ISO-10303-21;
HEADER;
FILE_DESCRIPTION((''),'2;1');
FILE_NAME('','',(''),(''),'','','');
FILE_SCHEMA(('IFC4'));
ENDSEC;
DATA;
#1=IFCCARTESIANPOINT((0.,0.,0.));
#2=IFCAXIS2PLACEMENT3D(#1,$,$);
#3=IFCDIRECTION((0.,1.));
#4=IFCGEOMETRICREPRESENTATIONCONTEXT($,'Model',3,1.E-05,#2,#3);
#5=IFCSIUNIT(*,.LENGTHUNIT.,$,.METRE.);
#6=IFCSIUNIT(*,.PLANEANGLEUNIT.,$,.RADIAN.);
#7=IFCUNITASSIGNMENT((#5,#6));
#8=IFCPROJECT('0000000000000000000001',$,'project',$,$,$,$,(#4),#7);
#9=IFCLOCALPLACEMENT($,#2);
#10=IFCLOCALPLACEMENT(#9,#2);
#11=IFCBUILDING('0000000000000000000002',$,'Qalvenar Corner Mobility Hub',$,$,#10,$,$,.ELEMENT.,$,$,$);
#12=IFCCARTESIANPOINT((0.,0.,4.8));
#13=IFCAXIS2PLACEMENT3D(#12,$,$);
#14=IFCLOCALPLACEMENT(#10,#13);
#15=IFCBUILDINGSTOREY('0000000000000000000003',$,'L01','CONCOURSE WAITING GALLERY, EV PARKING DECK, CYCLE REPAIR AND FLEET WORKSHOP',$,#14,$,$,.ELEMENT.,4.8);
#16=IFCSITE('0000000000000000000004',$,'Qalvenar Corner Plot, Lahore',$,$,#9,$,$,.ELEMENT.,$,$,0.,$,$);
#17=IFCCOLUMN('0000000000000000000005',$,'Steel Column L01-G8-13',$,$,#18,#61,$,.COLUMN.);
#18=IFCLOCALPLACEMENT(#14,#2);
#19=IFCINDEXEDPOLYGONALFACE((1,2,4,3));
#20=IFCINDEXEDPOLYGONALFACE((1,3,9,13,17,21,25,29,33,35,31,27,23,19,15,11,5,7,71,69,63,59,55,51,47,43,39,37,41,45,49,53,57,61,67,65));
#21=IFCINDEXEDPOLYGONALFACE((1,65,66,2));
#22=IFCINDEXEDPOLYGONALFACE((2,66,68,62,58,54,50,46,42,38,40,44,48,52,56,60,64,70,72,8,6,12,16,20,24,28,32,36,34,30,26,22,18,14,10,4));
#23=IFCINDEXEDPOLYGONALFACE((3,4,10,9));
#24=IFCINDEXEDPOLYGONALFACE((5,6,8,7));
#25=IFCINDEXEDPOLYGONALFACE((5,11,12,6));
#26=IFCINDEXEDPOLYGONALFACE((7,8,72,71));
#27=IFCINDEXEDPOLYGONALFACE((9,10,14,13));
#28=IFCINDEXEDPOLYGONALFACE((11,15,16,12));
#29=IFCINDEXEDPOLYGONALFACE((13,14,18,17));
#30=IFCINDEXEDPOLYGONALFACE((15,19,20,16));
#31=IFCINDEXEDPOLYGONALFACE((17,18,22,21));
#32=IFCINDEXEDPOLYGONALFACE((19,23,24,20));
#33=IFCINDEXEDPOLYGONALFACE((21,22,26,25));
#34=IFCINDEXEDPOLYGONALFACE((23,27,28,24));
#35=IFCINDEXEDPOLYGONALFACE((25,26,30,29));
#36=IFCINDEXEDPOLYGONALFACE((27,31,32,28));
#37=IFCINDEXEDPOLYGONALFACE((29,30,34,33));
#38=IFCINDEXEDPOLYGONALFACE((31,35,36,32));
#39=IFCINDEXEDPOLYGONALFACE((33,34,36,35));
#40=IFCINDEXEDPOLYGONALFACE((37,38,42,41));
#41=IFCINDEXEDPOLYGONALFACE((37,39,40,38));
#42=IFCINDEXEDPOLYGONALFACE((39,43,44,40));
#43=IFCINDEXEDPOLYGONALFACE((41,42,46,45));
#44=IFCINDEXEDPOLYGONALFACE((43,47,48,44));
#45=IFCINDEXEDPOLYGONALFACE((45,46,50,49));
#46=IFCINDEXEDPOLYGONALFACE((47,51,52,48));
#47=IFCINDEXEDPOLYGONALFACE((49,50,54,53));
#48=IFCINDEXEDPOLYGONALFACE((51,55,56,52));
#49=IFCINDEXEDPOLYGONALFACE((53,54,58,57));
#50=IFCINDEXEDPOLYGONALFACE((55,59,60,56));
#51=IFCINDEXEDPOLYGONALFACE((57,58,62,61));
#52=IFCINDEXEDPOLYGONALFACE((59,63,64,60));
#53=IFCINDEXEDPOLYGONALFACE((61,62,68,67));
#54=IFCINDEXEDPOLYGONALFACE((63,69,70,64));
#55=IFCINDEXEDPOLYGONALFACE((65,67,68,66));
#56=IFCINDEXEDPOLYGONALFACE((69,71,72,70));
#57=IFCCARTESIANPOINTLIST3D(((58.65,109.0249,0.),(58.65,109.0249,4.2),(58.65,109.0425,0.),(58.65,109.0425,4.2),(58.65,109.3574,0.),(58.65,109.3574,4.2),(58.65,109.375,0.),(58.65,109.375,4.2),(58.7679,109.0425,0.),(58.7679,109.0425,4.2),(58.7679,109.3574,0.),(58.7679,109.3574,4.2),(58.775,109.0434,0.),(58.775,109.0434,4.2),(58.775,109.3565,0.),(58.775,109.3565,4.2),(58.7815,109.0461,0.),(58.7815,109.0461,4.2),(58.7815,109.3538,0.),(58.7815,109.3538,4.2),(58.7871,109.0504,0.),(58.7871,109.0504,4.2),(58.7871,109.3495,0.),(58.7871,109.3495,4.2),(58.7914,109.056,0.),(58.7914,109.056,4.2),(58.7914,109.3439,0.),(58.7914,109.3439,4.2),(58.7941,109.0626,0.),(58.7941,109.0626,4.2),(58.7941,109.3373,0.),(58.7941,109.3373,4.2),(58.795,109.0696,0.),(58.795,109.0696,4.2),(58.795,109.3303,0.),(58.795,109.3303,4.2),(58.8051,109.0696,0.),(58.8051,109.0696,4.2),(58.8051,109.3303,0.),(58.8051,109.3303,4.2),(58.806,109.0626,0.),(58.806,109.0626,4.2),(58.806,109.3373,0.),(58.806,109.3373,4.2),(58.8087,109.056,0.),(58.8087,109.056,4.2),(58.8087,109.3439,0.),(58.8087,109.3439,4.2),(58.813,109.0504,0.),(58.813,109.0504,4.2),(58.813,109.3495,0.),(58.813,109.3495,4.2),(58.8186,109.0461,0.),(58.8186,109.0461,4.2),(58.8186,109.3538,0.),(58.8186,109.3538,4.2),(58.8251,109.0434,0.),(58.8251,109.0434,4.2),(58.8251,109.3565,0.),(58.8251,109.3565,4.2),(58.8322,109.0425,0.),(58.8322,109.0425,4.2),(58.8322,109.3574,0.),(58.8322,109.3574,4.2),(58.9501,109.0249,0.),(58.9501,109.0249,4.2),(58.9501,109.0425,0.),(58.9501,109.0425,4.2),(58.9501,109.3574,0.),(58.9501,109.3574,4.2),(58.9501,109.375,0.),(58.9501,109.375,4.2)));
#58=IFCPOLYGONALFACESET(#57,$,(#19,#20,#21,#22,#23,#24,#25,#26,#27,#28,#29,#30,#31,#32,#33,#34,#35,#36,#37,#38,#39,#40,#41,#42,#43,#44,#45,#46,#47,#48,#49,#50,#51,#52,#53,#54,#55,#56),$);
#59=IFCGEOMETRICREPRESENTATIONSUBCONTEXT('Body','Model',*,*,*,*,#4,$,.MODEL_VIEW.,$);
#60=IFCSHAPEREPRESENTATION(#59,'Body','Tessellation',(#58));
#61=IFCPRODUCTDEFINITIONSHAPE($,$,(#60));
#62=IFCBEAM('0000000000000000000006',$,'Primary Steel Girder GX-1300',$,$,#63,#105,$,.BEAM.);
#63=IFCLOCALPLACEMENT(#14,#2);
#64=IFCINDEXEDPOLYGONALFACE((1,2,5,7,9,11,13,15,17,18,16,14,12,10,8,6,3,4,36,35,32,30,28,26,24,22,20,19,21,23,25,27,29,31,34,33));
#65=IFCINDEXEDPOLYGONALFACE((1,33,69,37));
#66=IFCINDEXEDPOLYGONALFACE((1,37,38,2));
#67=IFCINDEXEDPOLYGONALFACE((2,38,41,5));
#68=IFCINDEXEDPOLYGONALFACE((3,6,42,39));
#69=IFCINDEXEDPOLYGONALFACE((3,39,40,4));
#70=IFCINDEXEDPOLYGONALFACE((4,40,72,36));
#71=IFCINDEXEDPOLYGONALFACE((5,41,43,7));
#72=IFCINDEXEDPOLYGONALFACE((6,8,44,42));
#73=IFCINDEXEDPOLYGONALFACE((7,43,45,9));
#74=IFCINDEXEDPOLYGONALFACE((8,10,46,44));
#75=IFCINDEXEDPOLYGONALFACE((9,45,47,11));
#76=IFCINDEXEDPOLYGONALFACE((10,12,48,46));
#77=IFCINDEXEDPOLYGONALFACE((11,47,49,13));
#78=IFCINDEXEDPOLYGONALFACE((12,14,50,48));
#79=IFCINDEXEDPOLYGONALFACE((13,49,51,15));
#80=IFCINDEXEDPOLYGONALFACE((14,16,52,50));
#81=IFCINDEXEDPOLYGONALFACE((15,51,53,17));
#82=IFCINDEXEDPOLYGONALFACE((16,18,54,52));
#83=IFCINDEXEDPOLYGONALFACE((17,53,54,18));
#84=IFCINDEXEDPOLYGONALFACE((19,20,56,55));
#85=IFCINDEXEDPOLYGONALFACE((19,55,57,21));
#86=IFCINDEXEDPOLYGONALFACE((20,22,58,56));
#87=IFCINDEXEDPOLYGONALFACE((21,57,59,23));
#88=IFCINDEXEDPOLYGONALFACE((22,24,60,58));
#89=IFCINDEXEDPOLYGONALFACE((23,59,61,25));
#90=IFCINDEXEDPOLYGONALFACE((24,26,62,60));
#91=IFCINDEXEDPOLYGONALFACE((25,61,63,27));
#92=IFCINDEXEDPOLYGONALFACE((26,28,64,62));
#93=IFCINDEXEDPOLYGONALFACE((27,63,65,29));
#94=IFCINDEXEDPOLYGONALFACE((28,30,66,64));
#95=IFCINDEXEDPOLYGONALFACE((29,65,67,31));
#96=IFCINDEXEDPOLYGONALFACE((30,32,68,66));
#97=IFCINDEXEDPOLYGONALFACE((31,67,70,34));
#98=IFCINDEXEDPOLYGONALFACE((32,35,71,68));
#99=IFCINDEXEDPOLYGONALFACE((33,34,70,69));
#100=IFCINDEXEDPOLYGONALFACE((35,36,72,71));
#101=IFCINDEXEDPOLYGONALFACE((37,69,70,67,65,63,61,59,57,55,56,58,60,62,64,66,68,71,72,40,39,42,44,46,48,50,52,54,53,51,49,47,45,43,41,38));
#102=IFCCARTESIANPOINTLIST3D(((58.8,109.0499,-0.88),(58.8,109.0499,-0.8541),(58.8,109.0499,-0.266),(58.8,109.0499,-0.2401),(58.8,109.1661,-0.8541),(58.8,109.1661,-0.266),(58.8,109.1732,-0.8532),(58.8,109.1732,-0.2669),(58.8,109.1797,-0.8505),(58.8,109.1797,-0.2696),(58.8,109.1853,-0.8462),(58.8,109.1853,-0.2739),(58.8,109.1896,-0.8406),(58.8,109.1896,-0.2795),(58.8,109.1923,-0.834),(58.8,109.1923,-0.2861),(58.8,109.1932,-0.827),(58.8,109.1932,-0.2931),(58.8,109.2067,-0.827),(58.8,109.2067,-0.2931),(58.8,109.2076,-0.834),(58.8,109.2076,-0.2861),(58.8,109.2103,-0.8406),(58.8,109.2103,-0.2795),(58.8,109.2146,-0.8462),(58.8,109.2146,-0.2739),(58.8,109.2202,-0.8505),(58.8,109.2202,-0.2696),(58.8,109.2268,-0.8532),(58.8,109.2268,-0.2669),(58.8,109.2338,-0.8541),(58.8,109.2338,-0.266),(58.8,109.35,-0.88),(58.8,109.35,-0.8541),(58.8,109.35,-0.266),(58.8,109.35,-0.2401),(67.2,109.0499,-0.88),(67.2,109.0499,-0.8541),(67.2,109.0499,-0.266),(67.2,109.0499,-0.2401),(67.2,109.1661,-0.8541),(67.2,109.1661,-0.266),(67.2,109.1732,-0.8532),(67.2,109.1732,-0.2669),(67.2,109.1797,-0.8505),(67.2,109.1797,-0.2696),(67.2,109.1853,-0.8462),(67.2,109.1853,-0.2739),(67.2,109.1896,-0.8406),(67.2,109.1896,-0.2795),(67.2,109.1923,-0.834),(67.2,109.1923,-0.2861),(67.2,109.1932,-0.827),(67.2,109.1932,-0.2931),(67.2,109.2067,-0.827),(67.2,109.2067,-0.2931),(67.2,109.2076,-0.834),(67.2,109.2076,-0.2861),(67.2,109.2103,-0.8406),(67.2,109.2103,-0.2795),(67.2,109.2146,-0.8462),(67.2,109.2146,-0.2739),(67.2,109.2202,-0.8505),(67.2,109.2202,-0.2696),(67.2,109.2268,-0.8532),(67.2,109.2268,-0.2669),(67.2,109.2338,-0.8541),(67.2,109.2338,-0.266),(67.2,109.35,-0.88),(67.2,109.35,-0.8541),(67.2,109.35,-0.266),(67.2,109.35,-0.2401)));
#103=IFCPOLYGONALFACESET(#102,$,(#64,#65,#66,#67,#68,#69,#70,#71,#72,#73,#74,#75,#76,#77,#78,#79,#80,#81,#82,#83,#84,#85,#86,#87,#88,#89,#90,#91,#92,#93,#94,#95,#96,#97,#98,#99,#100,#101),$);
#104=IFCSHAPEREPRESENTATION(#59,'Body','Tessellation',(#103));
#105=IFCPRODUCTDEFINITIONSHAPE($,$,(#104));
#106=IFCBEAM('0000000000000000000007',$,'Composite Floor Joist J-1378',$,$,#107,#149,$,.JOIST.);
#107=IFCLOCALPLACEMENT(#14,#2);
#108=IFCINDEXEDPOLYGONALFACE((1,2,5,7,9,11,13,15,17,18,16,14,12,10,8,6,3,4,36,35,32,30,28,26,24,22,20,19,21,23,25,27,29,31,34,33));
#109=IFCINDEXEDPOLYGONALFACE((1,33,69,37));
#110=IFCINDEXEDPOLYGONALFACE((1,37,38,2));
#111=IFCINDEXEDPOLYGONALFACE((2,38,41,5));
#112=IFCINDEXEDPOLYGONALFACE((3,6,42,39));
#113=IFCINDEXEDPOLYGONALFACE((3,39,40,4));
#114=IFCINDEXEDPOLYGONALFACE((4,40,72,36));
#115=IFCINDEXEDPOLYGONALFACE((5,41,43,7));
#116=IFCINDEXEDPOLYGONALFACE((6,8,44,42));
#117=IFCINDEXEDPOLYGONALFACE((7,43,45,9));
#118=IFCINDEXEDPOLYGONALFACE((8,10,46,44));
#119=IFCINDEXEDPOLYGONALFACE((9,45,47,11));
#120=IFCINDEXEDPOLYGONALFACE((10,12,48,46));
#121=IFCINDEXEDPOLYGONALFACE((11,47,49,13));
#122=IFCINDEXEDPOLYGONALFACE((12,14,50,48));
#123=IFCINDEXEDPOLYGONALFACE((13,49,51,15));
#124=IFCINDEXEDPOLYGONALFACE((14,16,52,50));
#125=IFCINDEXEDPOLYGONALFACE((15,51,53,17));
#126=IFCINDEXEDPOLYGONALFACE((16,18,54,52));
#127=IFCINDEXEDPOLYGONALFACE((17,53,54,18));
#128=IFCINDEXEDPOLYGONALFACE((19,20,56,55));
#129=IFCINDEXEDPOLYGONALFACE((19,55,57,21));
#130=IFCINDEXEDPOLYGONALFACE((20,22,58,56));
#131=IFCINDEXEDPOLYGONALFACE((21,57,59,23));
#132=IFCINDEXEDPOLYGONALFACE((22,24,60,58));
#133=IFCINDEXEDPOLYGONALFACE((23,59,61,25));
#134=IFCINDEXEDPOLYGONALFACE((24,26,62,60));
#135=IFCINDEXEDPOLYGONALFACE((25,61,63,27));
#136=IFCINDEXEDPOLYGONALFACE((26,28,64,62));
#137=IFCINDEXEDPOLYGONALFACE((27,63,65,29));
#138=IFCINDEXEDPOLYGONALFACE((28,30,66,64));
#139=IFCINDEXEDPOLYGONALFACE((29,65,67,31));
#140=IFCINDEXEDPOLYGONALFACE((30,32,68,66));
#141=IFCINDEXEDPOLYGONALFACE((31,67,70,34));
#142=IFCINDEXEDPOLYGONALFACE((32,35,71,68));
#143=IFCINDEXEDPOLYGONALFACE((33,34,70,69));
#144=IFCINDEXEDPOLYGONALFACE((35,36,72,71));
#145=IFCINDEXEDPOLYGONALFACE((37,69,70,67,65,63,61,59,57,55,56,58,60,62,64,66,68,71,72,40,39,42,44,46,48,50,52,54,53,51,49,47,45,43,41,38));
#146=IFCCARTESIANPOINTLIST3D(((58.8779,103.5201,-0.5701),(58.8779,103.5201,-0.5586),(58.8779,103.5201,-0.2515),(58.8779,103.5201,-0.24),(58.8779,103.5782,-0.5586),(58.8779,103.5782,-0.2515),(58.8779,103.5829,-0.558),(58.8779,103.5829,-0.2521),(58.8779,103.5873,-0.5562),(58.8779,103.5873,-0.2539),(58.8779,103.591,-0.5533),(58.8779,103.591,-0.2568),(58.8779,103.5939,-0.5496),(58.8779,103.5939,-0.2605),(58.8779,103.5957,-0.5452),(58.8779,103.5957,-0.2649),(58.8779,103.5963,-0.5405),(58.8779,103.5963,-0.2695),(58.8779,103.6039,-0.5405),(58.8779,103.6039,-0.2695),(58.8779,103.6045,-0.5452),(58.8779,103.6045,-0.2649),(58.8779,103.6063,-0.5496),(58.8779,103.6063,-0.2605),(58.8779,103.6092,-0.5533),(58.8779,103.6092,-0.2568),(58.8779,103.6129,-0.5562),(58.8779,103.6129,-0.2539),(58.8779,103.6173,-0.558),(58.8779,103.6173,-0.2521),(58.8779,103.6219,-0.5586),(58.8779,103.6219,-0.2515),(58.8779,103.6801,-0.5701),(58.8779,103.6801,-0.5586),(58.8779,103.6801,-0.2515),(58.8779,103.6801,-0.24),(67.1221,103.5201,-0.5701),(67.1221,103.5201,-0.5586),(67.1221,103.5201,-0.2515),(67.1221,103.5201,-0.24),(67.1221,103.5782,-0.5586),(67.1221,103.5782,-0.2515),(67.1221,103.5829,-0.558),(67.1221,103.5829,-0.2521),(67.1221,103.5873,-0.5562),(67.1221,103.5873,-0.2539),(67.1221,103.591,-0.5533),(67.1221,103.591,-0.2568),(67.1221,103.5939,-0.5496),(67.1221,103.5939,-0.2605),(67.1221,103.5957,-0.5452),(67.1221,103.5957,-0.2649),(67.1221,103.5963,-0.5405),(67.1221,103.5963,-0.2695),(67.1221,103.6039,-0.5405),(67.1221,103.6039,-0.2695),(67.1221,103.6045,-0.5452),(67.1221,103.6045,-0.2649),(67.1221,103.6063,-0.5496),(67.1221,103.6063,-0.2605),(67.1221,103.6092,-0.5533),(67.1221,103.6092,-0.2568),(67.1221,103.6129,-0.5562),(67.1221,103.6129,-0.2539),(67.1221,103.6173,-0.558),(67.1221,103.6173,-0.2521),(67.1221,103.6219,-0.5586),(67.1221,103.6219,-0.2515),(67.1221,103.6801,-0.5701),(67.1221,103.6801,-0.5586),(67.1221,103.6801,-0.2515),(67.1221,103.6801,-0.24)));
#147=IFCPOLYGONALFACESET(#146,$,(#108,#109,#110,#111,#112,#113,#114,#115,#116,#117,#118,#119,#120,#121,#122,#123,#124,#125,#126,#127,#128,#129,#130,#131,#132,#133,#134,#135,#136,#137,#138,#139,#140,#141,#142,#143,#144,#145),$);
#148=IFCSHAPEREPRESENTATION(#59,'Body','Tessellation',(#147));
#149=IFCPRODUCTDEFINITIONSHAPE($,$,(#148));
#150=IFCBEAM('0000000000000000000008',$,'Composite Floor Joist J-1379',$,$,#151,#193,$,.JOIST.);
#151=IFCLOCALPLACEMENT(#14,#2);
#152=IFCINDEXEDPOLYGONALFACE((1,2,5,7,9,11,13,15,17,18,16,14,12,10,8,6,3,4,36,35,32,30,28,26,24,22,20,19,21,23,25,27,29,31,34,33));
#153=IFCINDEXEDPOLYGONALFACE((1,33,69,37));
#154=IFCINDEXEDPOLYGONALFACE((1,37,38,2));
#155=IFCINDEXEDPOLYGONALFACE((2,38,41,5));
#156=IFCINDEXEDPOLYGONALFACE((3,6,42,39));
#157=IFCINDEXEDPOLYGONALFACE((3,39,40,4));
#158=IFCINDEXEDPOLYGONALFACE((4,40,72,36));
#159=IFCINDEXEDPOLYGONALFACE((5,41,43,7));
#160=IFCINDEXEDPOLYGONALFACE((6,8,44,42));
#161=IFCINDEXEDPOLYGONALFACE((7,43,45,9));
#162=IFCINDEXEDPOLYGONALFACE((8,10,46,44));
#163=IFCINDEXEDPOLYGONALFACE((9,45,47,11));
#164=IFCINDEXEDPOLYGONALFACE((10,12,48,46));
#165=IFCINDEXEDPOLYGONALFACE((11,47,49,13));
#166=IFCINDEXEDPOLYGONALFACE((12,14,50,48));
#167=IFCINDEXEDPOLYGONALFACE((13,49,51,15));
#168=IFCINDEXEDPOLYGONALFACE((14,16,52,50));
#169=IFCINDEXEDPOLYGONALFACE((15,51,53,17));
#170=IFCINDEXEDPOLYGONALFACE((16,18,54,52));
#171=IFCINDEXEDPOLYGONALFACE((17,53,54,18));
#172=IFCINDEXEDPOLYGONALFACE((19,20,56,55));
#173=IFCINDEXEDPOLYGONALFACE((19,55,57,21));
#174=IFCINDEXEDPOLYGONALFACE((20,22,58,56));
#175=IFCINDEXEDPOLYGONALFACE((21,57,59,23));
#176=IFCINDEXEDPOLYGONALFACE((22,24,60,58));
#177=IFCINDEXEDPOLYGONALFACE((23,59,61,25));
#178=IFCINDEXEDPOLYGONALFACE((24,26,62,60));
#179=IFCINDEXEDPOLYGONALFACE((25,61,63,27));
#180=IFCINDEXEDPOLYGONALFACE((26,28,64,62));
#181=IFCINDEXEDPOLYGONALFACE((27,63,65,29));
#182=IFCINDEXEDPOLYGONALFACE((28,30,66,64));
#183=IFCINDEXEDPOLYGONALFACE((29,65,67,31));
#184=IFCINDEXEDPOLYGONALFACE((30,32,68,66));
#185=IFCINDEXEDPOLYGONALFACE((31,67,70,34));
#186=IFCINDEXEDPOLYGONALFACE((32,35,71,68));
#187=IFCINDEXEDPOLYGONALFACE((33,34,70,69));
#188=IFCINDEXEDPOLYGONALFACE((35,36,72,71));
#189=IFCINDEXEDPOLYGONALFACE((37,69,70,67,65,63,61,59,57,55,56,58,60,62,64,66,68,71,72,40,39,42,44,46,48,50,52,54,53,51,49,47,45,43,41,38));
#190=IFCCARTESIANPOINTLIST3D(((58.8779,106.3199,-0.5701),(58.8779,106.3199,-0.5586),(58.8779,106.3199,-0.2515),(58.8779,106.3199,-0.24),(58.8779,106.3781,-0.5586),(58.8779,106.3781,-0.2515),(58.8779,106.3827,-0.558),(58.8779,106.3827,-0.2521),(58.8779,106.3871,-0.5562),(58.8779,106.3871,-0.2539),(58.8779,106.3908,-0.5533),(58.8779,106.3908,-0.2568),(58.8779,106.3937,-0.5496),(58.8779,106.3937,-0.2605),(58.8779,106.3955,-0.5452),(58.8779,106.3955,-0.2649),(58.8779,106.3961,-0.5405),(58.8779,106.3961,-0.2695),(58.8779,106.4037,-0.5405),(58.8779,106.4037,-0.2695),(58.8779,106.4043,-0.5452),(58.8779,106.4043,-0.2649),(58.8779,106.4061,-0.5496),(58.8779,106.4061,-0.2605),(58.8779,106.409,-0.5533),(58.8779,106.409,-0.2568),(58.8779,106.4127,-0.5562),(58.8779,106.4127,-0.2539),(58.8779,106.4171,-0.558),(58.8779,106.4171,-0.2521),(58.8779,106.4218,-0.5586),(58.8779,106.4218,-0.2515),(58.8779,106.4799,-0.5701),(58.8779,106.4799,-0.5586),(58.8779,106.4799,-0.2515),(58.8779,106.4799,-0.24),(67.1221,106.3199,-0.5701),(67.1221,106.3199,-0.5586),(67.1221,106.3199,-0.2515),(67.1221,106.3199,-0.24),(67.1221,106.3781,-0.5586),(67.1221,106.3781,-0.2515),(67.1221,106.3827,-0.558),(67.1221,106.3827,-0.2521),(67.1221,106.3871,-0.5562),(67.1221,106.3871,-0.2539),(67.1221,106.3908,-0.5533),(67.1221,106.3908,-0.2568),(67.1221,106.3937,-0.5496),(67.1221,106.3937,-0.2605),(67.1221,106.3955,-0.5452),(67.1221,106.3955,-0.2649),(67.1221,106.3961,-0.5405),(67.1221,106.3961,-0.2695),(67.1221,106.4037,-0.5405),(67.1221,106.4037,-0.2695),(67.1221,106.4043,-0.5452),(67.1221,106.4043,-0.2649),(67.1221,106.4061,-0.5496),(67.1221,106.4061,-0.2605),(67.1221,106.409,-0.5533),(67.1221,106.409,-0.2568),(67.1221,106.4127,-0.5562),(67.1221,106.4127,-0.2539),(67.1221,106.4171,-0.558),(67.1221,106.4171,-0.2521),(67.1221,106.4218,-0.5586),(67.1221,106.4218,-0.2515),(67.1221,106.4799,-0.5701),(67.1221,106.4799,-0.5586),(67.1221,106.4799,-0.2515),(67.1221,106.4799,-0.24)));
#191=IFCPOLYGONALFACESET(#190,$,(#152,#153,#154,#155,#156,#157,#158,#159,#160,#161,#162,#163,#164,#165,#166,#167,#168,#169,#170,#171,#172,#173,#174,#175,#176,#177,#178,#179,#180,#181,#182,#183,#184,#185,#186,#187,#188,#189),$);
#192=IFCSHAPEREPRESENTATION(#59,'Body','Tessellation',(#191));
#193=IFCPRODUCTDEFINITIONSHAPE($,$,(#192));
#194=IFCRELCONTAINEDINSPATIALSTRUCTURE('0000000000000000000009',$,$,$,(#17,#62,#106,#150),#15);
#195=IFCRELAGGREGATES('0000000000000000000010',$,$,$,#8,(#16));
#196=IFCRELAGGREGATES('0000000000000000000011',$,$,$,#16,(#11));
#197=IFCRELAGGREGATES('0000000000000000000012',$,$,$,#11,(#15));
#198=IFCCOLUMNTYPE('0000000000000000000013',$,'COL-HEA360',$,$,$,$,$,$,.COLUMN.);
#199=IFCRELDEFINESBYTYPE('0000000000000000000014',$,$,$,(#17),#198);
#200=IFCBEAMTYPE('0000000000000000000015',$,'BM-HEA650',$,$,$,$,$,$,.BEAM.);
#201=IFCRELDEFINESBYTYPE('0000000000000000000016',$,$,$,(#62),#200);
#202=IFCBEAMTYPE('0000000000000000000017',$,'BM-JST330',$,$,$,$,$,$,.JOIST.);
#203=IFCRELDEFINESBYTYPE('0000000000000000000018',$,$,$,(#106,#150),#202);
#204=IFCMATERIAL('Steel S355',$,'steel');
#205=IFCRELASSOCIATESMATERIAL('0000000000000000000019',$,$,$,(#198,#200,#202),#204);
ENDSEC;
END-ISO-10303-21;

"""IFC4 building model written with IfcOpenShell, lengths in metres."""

from ifc_helpers import new_model, si_unit, direction, frame, origin, origin_2d, place, context, subcontext, project, spatial, i_section, extrude, material, material_profile, profile_set, type_object, element, save


model = new_model("IFC4")

# Units and contexts
model_context = context("Model", 3, precision=1e-05, world=origin(), true_north=direction((0.0, 1.0)))
body_context = subcontext(model_context, "Body", "Model", "MODEL_VIEW")
ifc_project = project(units=[si_unit("LENGTHUNIT", "METRE"), si_unit("PLANEANGLEUNIT", "RADIAN")], contexts=[model_context])

# Site, building, storey
site_placement = place(None, origin())
site = spatial("IfcSite", under=ifc_project, at=site_placement, Name="Qalvenar Corner Plot, Lahore", CompositionType="ELEMENT", RefElevation=0.0)
building_placement = place(site_placement, origin())
building = spatial("IfcBuilding", under=site, at=building_placement, Name="Qalvenar Corner Mobility Hub", CompositionType="ELEMENT")
storey_placement = place(building_placement, frame((0.0, 0.0, 4.8)))
storey = spatial("IfcBuildingStorey", under=building, at=storey_placement, Name="L01", Description="CONCOURSE WAITING GALLERY, EV PARKING DECK, CYCLE REPAIR AND FLEET WORKSHOP", CompositionType="ELEMENT", Elevation=4.8)

# Column
ifc_material_1 = material(Name="Steel S355", Category="steel")
ifc_material_profile_1 = material_profile(ifc_material_1, i_section(OverallWidth=0.3, OverallDepth=0.3501, WebThickness=0.01, FlangeThickness=0.0176, FilletRadius=0.0271, at=origin_2d()), Name="HEA360")
ifc_profile_set_1 = profile_set([ifc_material_profile_1], Name="Steel S355")
column_type = type_object("IfcColumnType", Name="COL-HEA360", PredefinedType="COLUMN", material=ifc_profile_set_1)
column_placement = place(storey_placement, frame((58.8, 109.2, 0.0), z_axis=(0.0, 0.0, 1.0), x_axis=(1.0, 0.0, 0.0)))
element("IfcColumn", 1, at=column_placement, inside=storey, type_object=column_type, Name="Steel Column L01-G8-13", PredefinedType="COLUMN", context=body_context, shape_type="SweptSolid", body=[
    extrude(i_section(OverallWidth=0.3, OverallDepth=0.3501, WebThickness=0.01, FlangeThickness=0.0176, FilletRadius=0.0271, at=origin_2d()), origin(), (0.0, 0.0, 1.0), 4.2),
])

# Beams
ifc_material_profile_2 = material_profile(ifc_material_1, i_section(OverallWidth=0.3, OverallDepth=0.6399, WebThickness=0.0134, FlangeThickness=0.0259, FilletRadius=0.0271, at=origin_2d()), Name="HEA650")
ifc_profile_set_2 = profile_set([ifc_material_profile_2], Name="Steel S355")
beam_type_1 = type_object("IfcBeamType", Name="BM-HEA650", PredefinedType="BEAM", material=ifc_profile_set_2)
beam_1_placement = place(storey_placement, frame((58.8, 109.2, -0.5601), z_axis=(1.0, 0.0, 0.0), x_axis=(0.0, 1.0, 0.0)))
element("IfcBeam", 2, at=beam_1_placement, inside=storey, type_object=beam_type_1, Name="Primary Steel Girder GX-1300", PredefinedType="BEAM", context=body_context, shape_type="SweptSolid", body=[
    extrude(i_section(OverallWidth=0.3, OverallDepth=0.6399, WebThickness=0.0134, FlangeThickness=0.0259, FilletRadius=0.0271, at=origin_2d()), origin(), (0.0, 0.0, 1.0), 8.3999),
])
ifc_material_profile_3 = material_profile(ifc_material_1, i_section(OverallWidth=0.1599, OverallDepth=0.3301, WebThickness=0.0076, FlangeThickness=0.0115, FilletRadius=0.0181, at=origin_2d()), Name="IPE330")
ifc_profile_set_3 = profile_set([ifc_material_profile_3], Name="Steel S355")
beam_type_2 = type_object("IfcBeamType", Name="BM-JST330", PredefinedType="JOIST", material=ifc_profile_set_3)
for number, where, z_axis, x_axis, name in (
    (3, (58.8779, 103.6001, -0.405), (1.0, 0.0, 0.0), (0.0, 1.0, 0.0), "Composite Floor Joist J-1378"),
    (4, (58.8779, 106.3999, -0.405), (1.0, 0.0, 0.0), (0.0, 1.0, 0.0), "Composite Floor Joist J-1379"),
):
    element("IfcBeam", number, at=place(storey_placement, frame(where, z_axis=z_axis, x_axis=x_axis)), inside=storey, type_object=beam_type_2, Name=name, PredefinedType="JOIST", context=body_context, shape_type="SweptSolid", body=[
        extrude(i_section(OverallWidth=0.1599, OverallDepth=0.3301, WebThickness=0.0076, FlangeThickness=0.0115, FilletRadius=0.0181, at=origin_2d()), origin(), (0.0, 0.0, 1.0), 8.2441),
    ])

save(model, "model.ifc")
